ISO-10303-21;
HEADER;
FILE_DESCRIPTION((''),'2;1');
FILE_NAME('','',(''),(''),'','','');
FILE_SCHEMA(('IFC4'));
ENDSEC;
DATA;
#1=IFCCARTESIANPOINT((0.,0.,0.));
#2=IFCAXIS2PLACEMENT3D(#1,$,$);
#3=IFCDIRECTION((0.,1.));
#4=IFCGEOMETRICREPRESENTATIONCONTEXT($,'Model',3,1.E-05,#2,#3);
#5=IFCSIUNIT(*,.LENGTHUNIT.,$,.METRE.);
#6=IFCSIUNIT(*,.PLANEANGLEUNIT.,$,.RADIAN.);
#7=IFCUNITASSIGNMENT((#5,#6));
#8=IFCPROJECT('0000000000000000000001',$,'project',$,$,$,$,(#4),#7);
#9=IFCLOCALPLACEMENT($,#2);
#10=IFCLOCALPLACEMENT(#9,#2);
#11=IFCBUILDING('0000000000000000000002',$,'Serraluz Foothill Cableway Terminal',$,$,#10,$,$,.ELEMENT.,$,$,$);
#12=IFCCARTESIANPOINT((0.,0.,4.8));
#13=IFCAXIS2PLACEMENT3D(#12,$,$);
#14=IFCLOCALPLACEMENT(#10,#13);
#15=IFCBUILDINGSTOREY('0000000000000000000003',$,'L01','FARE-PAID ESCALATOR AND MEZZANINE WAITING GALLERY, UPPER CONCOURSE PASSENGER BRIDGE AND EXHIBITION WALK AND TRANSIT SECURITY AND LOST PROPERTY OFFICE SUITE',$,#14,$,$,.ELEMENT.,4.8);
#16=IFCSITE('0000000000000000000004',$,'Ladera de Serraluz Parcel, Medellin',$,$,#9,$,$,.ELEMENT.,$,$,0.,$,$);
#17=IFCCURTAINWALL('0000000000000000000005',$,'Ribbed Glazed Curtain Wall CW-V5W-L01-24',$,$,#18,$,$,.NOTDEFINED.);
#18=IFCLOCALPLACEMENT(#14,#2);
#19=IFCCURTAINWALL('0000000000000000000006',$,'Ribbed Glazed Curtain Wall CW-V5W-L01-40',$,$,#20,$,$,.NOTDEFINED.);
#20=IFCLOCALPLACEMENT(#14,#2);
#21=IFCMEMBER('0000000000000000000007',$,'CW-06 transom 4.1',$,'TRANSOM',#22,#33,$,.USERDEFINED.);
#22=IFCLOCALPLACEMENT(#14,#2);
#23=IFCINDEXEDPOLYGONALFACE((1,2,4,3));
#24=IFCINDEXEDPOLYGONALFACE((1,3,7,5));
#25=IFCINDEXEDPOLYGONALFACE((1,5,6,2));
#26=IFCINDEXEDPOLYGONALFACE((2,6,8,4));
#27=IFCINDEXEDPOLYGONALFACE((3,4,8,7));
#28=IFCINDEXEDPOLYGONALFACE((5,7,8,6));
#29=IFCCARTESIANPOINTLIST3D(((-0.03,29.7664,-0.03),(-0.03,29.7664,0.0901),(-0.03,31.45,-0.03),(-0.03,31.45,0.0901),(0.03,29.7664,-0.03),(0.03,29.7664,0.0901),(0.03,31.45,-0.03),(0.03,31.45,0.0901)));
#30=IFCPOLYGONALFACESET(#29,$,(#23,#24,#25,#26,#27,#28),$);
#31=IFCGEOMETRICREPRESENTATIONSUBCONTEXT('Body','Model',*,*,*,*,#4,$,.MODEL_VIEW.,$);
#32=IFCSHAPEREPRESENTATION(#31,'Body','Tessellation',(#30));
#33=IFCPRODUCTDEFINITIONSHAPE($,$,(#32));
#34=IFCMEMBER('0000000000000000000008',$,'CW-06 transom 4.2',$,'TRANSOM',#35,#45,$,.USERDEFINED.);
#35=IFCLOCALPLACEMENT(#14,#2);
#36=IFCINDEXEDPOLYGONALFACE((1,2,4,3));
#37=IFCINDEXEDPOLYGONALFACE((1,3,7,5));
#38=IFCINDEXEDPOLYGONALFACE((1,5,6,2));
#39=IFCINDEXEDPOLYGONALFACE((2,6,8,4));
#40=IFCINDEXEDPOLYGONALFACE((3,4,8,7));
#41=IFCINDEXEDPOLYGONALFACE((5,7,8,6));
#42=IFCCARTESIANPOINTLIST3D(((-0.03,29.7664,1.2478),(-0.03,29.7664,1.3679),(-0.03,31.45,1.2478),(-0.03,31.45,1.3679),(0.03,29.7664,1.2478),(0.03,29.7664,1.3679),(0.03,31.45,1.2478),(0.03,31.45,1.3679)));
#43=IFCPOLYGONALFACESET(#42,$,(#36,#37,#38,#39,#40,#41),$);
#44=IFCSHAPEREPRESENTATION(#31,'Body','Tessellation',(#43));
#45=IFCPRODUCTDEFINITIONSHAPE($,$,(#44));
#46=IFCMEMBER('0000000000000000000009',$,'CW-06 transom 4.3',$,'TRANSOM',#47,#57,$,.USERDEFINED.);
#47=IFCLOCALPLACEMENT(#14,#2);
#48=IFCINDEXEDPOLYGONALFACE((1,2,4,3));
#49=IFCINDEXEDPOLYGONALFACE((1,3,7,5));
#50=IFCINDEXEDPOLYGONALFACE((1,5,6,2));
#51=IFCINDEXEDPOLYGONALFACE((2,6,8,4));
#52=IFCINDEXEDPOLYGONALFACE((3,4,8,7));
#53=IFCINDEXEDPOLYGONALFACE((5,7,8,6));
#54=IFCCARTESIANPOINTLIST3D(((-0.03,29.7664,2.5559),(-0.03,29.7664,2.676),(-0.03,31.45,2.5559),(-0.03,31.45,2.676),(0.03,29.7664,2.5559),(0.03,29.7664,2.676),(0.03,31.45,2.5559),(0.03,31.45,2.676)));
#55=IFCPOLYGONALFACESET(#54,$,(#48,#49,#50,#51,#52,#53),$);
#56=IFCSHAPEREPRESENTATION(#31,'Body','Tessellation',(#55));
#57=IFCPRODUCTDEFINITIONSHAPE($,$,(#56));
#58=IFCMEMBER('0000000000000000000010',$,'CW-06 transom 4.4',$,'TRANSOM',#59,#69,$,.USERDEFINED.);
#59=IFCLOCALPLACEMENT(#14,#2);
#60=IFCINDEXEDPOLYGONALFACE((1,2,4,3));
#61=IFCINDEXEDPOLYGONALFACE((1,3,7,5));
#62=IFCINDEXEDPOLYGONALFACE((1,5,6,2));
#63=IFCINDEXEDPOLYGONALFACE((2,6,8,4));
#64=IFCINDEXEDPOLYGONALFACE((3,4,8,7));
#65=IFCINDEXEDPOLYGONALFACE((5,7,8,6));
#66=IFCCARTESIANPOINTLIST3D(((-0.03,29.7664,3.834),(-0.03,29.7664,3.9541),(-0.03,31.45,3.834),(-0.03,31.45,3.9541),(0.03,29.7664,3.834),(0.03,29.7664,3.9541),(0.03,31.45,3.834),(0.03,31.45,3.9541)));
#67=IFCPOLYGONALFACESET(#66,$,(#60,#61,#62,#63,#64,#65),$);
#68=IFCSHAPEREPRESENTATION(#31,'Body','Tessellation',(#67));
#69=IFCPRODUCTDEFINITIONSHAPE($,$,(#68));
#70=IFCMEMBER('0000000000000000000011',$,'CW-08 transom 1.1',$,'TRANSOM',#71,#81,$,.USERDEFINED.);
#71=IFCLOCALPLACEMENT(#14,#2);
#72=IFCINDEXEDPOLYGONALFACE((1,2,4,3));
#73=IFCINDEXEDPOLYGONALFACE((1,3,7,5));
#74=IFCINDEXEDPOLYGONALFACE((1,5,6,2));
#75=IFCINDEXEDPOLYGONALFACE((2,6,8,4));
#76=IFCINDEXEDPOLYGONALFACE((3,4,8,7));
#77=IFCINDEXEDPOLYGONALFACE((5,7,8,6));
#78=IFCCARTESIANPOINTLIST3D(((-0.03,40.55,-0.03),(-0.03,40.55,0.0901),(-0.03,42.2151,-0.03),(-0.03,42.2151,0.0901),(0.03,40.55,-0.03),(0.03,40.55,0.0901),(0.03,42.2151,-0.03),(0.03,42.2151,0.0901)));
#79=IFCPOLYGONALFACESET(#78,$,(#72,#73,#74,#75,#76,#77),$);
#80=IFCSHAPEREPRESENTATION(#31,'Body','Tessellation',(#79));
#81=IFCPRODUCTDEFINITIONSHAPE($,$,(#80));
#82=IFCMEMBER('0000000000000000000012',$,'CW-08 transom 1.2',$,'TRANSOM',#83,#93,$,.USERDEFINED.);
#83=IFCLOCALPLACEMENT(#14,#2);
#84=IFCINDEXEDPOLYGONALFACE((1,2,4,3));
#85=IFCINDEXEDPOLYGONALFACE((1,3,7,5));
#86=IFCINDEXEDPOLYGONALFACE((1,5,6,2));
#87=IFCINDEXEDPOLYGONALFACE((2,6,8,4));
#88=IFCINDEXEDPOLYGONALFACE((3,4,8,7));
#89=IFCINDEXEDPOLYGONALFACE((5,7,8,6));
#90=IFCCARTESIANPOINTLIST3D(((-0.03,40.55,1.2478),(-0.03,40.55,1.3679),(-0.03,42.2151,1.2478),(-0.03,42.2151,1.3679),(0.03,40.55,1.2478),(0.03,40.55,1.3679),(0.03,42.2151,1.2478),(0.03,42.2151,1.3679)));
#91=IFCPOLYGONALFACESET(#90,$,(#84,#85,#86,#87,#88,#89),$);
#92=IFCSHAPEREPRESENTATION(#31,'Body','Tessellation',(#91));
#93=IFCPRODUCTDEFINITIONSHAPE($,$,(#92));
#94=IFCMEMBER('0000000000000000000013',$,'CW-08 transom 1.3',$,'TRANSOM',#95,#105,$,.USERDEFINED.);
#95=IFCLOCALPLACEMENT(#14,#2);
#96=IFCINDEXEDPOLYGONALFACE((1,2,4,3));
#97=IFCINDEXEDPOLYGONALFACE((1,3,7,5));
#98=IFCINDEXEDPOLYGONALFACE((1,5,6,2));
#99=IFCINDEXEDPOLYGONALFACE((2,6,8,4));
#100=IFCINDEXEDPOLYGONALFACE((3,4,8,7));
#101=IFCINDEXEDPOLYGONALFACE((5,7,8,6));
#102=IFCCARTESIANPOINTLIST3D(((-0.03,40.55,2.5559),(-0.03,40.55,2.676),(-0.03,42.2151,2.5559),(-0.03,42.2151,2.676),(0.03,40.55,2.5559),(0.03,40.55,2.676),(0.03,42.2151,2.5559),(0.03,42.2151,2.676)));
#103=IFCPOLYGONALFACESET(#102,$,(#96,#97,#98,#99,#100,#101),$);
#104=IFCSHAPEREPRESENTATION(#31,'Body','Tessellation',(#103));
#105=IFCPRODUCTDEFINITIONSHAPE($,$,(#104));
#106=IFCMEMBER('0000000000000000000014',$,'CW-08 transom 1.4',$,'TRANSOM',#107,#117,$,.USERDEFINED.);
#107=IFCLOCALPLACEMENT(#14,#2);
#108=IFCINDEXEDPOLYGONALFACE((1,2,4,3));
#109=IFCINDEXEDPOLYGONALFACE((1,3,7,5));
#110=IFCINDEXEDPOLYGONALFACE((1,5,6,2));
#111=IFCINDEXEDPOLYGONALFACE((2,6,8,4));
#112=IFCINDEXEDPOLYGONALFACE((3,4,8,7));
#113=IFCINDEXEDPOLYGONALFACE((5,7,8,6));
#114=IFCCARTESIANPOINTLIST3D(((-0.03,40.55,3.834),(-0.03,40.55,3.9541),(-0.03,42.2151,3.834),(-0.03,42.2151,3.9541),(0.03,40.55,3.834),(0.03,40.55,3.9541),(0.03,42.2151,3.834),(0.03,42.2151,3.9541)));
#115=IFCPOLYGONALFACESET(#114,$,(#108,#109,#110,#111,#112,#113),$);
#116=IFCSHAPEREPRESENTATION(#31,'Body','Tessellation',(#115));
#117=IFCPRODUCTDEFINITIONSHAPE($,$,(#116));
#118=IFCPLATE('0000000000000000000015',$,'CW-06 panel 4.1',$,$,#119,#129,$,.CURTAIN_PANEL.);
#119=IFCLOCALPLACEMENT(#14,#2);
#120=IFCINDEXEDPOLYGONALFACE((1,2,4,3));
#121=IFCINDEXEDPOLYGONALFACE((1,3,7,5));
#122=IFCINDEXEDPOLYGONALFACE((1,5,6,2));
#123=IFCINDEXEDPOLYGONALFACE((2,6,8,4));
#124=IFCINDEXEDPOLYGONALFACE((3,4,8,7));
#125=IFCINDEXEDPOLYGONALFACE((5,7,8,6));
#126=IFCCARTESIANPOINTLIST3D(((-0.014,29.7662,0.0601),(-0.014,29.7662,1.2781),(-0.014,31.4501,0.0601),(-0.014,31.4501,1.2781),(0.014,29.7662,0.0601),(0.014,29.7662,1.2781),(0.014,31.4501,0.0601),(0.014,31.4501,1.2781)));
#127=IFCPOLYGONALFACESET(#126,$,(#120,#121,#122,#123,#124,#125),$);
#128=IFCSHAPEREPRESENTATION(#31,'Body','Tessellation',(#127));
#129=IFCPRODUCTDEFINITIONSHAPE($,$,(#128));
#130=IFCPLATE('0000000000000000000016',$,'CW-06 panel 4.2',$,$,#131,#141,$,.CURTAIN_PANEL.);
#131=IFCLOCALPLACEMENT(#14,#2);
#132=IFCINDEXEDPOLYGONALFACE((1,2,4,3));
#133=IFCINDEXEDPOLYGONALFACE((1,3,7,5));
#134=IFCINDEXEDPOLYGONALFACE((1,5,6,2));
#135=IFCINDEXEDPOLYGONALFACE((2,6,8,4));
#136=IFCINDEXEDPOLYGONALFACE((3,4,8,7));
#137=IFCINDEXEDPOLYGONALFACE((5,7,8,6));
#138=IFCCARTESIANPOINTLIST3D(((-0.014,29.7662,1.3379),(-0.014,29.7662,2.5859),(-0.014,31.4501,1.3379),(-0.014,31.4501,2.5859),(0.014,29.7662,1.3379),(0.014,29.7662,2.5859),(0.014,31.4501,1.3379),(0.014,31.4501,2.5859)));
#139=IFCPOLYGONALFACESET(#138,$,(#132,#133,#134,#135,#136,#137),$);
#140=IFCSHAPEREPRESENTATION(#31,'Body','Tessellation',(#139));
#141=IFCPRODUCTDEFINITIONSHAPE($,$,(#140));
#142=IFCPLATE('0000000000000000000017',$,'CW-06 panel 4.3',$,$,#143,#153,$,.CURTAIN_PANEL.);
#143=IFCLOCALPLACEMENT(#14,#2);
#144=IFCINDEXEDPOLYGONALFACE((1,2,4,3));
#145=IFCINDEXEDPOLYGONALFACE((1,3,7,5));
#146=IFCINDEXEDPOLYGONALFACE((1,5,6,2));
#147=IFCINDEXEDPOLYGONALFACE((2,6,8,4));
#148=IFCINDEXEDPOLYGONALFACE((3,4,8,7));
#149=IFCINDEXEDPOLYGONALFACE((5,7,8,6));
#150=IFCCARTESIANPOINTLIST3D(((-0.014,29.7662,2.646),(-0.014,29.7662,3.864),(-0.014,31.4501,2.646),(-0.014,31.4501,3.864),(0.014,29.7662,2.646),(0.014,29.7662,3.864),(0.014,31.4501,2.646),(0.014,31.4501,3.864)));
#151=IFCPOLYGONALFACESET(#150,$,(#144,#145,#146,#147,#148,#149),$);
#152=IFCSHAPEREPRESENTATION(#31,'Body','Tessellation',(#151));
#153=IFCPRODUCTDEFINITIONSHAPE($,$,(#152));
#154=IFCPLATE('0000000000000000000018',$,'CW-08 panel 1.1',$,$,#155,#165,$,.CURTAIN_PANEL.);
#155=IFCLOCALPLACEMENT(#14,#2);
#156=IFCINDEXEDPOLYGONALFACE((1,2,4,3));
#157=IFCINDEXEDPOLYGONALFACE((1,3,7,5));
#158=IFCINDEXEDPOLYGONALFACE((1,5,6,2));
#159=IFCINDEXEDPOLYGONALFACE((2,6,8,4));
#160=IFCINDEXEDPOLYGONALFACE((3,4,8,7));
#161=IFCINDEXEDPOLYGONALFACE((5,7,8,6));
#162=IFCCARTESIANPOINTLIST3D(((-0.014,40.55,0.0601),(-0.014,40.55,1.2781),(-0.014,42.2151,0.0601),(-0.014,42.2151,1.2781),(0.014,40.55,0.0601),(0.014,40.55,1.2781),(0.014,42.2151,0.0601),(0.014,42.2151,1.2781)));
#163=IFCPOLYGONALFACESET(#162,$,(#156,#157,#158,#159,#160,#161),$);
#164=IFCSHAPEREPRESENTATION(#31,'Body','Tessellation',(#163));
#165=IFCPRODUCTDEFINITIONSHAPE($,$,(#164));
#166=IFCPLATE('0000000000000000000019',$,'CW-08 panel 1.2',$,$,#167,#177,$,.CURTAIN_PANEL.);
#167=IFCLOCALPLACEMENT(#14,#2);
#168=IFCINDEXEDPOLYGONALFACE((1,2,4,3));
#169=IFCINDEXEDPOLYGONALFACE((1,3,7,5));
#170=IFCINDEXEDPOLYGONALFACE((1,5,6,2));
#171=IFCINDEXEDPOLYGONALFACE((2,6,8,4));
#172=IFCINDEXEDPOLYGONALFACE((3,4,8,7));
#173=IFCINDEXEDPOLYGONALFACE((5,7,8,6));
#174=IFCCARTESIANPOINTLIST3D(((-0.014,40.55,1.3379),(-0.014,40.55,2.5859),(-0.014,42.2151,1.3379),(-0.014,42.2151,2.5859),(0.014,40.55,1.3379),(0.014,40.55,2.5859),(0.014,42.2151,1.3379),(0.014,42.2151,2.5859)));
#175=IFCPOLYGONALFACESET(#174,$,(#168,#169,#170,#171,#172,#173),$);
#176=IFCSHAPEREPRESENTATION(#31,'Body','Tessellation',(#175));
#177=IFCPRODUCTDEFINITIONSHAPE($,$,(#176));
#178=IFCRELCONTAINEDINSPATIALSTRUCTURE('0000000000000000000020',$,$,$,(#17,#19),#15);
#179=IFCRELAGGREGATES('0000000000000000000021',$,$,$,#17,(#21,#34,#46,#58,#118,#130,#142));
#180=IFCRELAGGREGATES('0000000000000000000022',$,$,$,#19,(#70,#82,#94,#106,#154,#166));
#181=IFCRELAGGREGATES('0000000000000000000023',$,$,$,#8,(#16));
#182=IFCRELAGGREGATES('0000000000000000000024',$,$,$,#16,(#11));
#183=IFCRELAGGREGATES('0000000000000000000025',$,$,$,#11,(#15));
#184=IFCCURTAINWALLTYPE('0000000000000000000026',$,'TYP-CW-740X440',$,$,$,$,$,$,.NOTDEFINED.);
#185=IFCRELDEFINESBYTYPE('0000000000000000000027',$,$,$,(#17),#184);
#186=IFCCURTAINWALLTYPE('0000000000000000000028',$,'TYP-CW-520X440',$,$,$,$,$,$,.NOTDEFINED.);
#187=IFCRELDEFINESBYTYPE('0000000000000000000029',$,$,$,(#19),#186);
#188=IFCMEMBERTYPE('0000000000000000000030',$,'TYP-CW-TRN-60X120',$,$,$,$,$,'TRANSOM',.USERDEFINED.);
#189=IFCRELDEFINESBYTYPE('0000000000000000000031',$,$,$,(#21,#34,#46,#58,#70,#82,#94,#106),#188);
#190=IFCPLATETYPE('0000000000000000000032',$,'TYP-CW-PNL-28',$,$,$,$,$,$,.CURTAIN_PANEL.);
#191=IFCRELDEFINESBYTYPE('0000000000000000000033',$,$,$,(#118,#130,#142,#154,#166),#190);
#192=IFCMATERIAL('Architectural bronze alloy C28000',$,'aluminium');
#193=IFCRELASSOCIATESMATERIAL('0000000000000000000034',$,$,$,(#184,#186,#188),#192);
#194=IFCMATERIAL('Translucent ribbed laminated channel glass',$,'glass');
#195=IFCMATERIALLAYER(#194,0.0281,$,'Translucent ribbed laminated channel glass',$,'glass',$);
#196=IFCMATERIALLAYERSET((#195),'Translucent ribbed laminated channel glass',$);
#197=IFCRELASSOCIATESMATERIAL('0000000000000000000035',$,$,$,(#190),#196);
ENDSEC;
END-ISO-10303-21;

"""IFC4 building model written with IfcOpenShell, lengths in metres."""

from ifc_helpers import new_model, si_unit, direction, frame, origin, origin_2d, place, context, subcontext, project, spatial, rectangle, extrude, material, layer, layer_set, material_profile, profile_set, type_object, element, aggregate, save


model = new_model("IFC4")

# Units and contexts
model_context = context("Model", 3, precision=1e-05, world=origin(), true_north=direction((0.0, 1.0)))
body_context = subcontext(model_context, "Body", "Model", "MODEL_VIEW")
ifc_project = project(units=[si_unit("LENGTHUNIT", "METRE"), si_unit("PLANEANGLEUNIT", "RADIAN")], contexts=[model_context])

# Site, building, storey
site_placement = place(None, origin())
site = spatial("IfcSite", under=ifc_project, at=site_placement, Name="Ladera de Serraluz Parcel, Medellin", CompositionType="ELEMENT", RefElevation=0.0)
building_placement = place(site_placement, origin())
building = spatial("IfcBuilding", under=site, at=building_placement, Name="Serraluz Foothill Cableway Terminal", CompositionType="ELEMENT")
storey_placement = place(building_placement, frame((0.0, 0.0, 4.8)))
storey = spatial("IfcBuildingStorey", under=building, at=storey_placement, Name="L01", Description="FARE-PAID ESCALATOR AND MEZZANINE WAITING GALLERY, UPPER CONCOURSE PASSENGER BRIDGE AND EXHIBITION WALK AND TRANSIT SECURITY AND LOST PROPERTY OFFICE SUITE", CompositionType="ELEMENT", Elevation=4.8)

# Curtain wall
ifc_material_1 = material(Name="Architectural bronze alloy C28000", Category="aluminium")
curtain_wall_type_1 = type_object("IfcCurtainWallType", Name="TYP-CW-740X440", PredefinedType="NOTDEFINED", material=ifc_material_1)
curtain_wall_1_placement = place(storey_placement, origin())
curtain_wall_1 = element("IfcCurtainWall", 1, at=curtain_wall_1_placement, inside=storey, type_object=curtain_wall_type_1, Name="Ribbed Glazed Curtain Wall CW-V5W-L01-24", PredefinedType="NOTDEFINED")

# Curtain wall
curtain_wall_type_2 = type_object("IfcCurtainWallType", Name="TYP-CW-520X440", PredefinedType="NOTDEFINED", material=ifc_material_1)
curtain_wall_2_placement = place(storey_placement, origin())
curtain_wall_2 = element("IfcCurtainWall", 2, at=curtain_wall_2_placement, inside=storey, type_object=curtain_wall_type_2, Name="Ribbed Glazed Curtain Wall CW-V5W-L01-40", PredefinedType="NOTDEFINED")

# Members
ifc_material_profile_1 = material_profile(ifc_material_1, rectangle(XDim=0.0601, YDim=0.1201, at=origin_2d()), Name="ALU TRANSOM 60x120")
ifc_profile_set_1 = profile_set([ifc_material_profile_1], Name="Architectural bronze alloy C28000")
member_type_1 = type_object("IfcMemberType", Name="TYP-CW-TRN-60X120", ElementType="TRANSOM", PredefinedType="USERDEFINED", material=ifc_profile_set_1)
member_1_placement = place(storey_placement, frame((0.0, 29.7664, 0.03), z_axis=(0.0, 1.0, 0.0), x_axis=(-1.0, 0.0, 0.0)))
member_1 = element("IfcMember", 3, at=member_1_placement, type_object=member_type_1, Name="CW-06 transom 4.1", ObjectType="TRANSOM", PredefinedType="USERDEFINED", context=body_context, shape_type="SweptSolid", body=[
    extrude(rectangle(XDim=0.0601, YDim=0.1201, at=origin_2d()), origin(), (0.0, 0.0, 1.0), 1.6836),
])
member_2_placement = place(storey_placement, frame((0.0, 29.7664, 1.3079), z_axis=(0.0, 1.0, 0.0), x_axis=(-1.0, 0.0, 0.0)))
member_2 = element("IfcMember", 4, at=member_2_placement, type_object=member_type_1, Name="CW-06 transom 4.2", ObjectType="TRANSOM", PredefinedType="USERDEFINED", context=body_context, shape_type="SweptSolid", body=[
    extrude(rectangle(XDim=0.0601, YDim=0.1201, at=origin_2d()), origin(), (0.0, 0.0, 1.0), 1.6836),
])
member_3_placement = place(storey_placement, frame((0.0, 29.7664, 2.616), z_axis=(0.0, 1.0, 0.0), x_axis=(-1.0, 0.0, 0.0)))
member_3 = element("IfcMember", 5, at=member_3_placement, type_object=member_type_1, Name="CW-06 transom 4.3", ObjectType="TRANSOM", PredefinedType="USERDEFINED", context=body_context, shape_type="SweptSolid", body=[
    extrude(rectangle(XDim=0.0601, YDim=0.1201, at=origin_2d()), origin(), (0.0, 0.0, 1.0), 1.6836),
])
member_4_placement = place(storey_placement, frame((0.0, 29.7664, 3.894), z_axis=(0.0, 1.0, 0.0), x_axis=(-1.0, 0.0, 0.0)))
member_4 = element("IfcMember", 6, at=member_4_placement, type_object=member_type_1, Name="CW-06 transom 4.4", ObjectType="TRANSOM", PredefinedType="USERDEFINED", context=body_context, shape_type="SweptSolid", body=[
    extrude(rectangle(XDim=0.0601, YDim=0.1201, at=origin_2d()), origin(), (0.0, 0.0, 1.0), 1.6836),
])
member_5_placement = place(storey_placement, frame((0.0, 40.55, 0.03), z_axis=(0.0, 1.0, 0.0), x_axis=(-1.0, 0.0, 0.0)))
member_5 = element("IfcMember", 7, at=member_5_placement, type_object=member_type_1, Name="CW-08 transom 1.1", ObjectType="TRANSOM", PredefinedType="USERDEFINED", context=body_context, shape_type="SweptSolid", body=[
    extrude(rectangle(XDim=0.0601, YDim=0.1201, at=origin_2d()), origin(), (0.0, 0.0, 1.0), 1.665),
])
member_6_placement = place(storey_placement, frame((0.0, 40.55, 1.3079), z_axis=(0.0, 1.0, 0.0), x_axis=(-1.0, 0.0, 0.0)))
member_6 = element("IfcMember", 8, at=member_6_placement, type_object=member_type_1, Name="CW-08 transom 1.2", ObjectType="TRANSOM", PredefinedType="USERDEFINED", context=body_context, shape_type="SweptSolid", body=[
    extrude(rectangle(XDim=0.0601, YDim=0.1201, at=origin_2d()), origin(), (0.0, 0.0, 1.0), 1.665),
])
member_7_placement = place(storey_placement, frame((0.0, 40.55, 2.616), z_axis=(0.0, 1.0, 0.0), x_axis=(-1.0, 0.0, 0.0)))
member_7 = element("IfcMember", 9, at=member_7_placement, type_object=member_type_1, Name="CW-08 transom 1.3", ObjectType="TRANSOM", PredefinedType="USERDEFINED", context=body_context, shape_type="SweptSolid", body=[
    extrude(rectangle(XDim=0.0601, YDim=0.1201, at=origin_2d()), origin(), (0.0, 0.0, 1.0), 1.665),
])
member_8_placement = place(storey_placement, frame((0.0, 40.55, 3.894), z_axis=(0.0, 1.0, 0.0), x_axis=(-1.0, 0.0, 0.0)))
member_8 = element("IfcMember", 10, at=member_8_placement, type_object=member_type_1, Name="CW-08 transom 1.4", ObjectType="TRANSOM", PredefinedType="USERDEFINED", context=body_context, shape_type="SweptSolid", body=[
    extrude(rectangle(XDim=0.0601, YDim=0.1201, at=origin_2d()), origin(), (0.0, 0.0, 1.0), 1.665),
])

# Plates
ifc_material_2 = material(Name="Translucent ribbed laminated channel glass", Category="glass")
ifc_layer_1 = layer(ifc_material_2, 0.0281, Name="Translucent ribbed laminated channel glass", Category="glass")
ifc_layer_set_1 = layer_set([ifc_layer_1], Name="Translucent ribbed laminated channel glass")
plate_type = type_object("IfcPlateType", Name="TYP-CW-PNL-28", PredefinedType="CURTAIN_PANEL", material=ifc_layer_set_1)
plate_1_placement = place(storey_placement, frame((0.0, 30.6082, 0.0601), z_axis=(0.0, 0.0, 1.0), x_axis=(0.0, 1.0, 0.0)))
plate_1 = element("IfcPlate", 11, at=plate_1_placement, type_object=plate_type, Name="CW-06 panel 4.1", PredefinedType="CURTAIN_PANEL", context=body_context, shape_type="SweptSolid", body=[
    extrude(rectangle(XDim=1.6838, YDim=0.0281, at=origin_2d()), origin(), (0.0, 0.0, 1.0), 1.218),
])
plate_2_placement = place(storey_placement, frame((0.0, 30.6082, 1.3379), z_axis=(0.0, 0.0, 1.0), x_axis=(0.0, 1.0, 0.0)))
plate_2 = element("IfcPlate", 12, at=plate_2_placement, type_object=plate_type, Name="CW-06 panel 4.2", PredefinedType="CURTAIN_PANEL", context=body_context, shape_type="SweptSolid", body=[
    extrude(rectangle(XDim=1.6838, YDim=0.0281, at=origin_2d()), origin(), (0.0, 0.0, 1.0), 1.248),
])
plate_3_placement = place(storey_placement, frame((0.0, 30.6082, 2.646), z_axis=(0.0, 0.0, 1.0), x_axis=(0.0, 1.0, 0.0)))
plate_3 = element("IfcPlate", 13, at=plate_3_placement, type_object=plate_type, Name="CW-06 panel 4.3", PredefinedType="CURTAIN_PANEL", context=body_context, shape_type="SweptSolid", body=[
    extrude(rectangle(XDim=1.6838, YDim=0.0281, at=origin_2d()), origin(), (0.0, 0.0, 1.0), 1.218),
])
aggregate(curtain_wall_1, [member_1, member_2, member_3, member_4, plate_1, plate_2, plate_3])
plate_4_placement = place(storey_placement, frame((0.0, 41.3826, 0.0601), z_axis=(0.0, 0.0, 1.0), x_axis=(0.0, 1.0, 0.0)))
plate_4 = element("IfcPlate", 14, at=plate_4_placement, type_object=plate_type, Name="CW-08 panel 1.1", PredefinedType="CURTAIN_PANEL", context=body_context, shape_type="SweptSolid", body=[
    extrude(rectangle(XDim=1.665, YDim=0.0281, at=origin_2d()), origin(), (0.0, 0.0, 1.0), 1.218),
])
plate_5_placement = place(storey_placement, frame((0.0, 41.3826, 1.3379), z_axis=(0.0, 0.0, 1.0), x_axis=(0.0, 1.0, 0.0)))
plate_5 = element("IfcPlate", 15, at=plate_5_placement, type_object=plate_type, Name="CW-08 panel 1.2", PredefinedType="CURTAIN_PANEL", context=body_context, shape_type="SweptSolid", body=[
    extrude(rectangle(XDim=1.665, YDim=0.0281, at=origin_2d()), origin(), (0.0, 0.0, 1.0), 1.248),
])
aggregate(curtain_wall_2, [member_5, member_6, member_7, member_8, plate_4, plate_5])

save(model, "model.ifc")
